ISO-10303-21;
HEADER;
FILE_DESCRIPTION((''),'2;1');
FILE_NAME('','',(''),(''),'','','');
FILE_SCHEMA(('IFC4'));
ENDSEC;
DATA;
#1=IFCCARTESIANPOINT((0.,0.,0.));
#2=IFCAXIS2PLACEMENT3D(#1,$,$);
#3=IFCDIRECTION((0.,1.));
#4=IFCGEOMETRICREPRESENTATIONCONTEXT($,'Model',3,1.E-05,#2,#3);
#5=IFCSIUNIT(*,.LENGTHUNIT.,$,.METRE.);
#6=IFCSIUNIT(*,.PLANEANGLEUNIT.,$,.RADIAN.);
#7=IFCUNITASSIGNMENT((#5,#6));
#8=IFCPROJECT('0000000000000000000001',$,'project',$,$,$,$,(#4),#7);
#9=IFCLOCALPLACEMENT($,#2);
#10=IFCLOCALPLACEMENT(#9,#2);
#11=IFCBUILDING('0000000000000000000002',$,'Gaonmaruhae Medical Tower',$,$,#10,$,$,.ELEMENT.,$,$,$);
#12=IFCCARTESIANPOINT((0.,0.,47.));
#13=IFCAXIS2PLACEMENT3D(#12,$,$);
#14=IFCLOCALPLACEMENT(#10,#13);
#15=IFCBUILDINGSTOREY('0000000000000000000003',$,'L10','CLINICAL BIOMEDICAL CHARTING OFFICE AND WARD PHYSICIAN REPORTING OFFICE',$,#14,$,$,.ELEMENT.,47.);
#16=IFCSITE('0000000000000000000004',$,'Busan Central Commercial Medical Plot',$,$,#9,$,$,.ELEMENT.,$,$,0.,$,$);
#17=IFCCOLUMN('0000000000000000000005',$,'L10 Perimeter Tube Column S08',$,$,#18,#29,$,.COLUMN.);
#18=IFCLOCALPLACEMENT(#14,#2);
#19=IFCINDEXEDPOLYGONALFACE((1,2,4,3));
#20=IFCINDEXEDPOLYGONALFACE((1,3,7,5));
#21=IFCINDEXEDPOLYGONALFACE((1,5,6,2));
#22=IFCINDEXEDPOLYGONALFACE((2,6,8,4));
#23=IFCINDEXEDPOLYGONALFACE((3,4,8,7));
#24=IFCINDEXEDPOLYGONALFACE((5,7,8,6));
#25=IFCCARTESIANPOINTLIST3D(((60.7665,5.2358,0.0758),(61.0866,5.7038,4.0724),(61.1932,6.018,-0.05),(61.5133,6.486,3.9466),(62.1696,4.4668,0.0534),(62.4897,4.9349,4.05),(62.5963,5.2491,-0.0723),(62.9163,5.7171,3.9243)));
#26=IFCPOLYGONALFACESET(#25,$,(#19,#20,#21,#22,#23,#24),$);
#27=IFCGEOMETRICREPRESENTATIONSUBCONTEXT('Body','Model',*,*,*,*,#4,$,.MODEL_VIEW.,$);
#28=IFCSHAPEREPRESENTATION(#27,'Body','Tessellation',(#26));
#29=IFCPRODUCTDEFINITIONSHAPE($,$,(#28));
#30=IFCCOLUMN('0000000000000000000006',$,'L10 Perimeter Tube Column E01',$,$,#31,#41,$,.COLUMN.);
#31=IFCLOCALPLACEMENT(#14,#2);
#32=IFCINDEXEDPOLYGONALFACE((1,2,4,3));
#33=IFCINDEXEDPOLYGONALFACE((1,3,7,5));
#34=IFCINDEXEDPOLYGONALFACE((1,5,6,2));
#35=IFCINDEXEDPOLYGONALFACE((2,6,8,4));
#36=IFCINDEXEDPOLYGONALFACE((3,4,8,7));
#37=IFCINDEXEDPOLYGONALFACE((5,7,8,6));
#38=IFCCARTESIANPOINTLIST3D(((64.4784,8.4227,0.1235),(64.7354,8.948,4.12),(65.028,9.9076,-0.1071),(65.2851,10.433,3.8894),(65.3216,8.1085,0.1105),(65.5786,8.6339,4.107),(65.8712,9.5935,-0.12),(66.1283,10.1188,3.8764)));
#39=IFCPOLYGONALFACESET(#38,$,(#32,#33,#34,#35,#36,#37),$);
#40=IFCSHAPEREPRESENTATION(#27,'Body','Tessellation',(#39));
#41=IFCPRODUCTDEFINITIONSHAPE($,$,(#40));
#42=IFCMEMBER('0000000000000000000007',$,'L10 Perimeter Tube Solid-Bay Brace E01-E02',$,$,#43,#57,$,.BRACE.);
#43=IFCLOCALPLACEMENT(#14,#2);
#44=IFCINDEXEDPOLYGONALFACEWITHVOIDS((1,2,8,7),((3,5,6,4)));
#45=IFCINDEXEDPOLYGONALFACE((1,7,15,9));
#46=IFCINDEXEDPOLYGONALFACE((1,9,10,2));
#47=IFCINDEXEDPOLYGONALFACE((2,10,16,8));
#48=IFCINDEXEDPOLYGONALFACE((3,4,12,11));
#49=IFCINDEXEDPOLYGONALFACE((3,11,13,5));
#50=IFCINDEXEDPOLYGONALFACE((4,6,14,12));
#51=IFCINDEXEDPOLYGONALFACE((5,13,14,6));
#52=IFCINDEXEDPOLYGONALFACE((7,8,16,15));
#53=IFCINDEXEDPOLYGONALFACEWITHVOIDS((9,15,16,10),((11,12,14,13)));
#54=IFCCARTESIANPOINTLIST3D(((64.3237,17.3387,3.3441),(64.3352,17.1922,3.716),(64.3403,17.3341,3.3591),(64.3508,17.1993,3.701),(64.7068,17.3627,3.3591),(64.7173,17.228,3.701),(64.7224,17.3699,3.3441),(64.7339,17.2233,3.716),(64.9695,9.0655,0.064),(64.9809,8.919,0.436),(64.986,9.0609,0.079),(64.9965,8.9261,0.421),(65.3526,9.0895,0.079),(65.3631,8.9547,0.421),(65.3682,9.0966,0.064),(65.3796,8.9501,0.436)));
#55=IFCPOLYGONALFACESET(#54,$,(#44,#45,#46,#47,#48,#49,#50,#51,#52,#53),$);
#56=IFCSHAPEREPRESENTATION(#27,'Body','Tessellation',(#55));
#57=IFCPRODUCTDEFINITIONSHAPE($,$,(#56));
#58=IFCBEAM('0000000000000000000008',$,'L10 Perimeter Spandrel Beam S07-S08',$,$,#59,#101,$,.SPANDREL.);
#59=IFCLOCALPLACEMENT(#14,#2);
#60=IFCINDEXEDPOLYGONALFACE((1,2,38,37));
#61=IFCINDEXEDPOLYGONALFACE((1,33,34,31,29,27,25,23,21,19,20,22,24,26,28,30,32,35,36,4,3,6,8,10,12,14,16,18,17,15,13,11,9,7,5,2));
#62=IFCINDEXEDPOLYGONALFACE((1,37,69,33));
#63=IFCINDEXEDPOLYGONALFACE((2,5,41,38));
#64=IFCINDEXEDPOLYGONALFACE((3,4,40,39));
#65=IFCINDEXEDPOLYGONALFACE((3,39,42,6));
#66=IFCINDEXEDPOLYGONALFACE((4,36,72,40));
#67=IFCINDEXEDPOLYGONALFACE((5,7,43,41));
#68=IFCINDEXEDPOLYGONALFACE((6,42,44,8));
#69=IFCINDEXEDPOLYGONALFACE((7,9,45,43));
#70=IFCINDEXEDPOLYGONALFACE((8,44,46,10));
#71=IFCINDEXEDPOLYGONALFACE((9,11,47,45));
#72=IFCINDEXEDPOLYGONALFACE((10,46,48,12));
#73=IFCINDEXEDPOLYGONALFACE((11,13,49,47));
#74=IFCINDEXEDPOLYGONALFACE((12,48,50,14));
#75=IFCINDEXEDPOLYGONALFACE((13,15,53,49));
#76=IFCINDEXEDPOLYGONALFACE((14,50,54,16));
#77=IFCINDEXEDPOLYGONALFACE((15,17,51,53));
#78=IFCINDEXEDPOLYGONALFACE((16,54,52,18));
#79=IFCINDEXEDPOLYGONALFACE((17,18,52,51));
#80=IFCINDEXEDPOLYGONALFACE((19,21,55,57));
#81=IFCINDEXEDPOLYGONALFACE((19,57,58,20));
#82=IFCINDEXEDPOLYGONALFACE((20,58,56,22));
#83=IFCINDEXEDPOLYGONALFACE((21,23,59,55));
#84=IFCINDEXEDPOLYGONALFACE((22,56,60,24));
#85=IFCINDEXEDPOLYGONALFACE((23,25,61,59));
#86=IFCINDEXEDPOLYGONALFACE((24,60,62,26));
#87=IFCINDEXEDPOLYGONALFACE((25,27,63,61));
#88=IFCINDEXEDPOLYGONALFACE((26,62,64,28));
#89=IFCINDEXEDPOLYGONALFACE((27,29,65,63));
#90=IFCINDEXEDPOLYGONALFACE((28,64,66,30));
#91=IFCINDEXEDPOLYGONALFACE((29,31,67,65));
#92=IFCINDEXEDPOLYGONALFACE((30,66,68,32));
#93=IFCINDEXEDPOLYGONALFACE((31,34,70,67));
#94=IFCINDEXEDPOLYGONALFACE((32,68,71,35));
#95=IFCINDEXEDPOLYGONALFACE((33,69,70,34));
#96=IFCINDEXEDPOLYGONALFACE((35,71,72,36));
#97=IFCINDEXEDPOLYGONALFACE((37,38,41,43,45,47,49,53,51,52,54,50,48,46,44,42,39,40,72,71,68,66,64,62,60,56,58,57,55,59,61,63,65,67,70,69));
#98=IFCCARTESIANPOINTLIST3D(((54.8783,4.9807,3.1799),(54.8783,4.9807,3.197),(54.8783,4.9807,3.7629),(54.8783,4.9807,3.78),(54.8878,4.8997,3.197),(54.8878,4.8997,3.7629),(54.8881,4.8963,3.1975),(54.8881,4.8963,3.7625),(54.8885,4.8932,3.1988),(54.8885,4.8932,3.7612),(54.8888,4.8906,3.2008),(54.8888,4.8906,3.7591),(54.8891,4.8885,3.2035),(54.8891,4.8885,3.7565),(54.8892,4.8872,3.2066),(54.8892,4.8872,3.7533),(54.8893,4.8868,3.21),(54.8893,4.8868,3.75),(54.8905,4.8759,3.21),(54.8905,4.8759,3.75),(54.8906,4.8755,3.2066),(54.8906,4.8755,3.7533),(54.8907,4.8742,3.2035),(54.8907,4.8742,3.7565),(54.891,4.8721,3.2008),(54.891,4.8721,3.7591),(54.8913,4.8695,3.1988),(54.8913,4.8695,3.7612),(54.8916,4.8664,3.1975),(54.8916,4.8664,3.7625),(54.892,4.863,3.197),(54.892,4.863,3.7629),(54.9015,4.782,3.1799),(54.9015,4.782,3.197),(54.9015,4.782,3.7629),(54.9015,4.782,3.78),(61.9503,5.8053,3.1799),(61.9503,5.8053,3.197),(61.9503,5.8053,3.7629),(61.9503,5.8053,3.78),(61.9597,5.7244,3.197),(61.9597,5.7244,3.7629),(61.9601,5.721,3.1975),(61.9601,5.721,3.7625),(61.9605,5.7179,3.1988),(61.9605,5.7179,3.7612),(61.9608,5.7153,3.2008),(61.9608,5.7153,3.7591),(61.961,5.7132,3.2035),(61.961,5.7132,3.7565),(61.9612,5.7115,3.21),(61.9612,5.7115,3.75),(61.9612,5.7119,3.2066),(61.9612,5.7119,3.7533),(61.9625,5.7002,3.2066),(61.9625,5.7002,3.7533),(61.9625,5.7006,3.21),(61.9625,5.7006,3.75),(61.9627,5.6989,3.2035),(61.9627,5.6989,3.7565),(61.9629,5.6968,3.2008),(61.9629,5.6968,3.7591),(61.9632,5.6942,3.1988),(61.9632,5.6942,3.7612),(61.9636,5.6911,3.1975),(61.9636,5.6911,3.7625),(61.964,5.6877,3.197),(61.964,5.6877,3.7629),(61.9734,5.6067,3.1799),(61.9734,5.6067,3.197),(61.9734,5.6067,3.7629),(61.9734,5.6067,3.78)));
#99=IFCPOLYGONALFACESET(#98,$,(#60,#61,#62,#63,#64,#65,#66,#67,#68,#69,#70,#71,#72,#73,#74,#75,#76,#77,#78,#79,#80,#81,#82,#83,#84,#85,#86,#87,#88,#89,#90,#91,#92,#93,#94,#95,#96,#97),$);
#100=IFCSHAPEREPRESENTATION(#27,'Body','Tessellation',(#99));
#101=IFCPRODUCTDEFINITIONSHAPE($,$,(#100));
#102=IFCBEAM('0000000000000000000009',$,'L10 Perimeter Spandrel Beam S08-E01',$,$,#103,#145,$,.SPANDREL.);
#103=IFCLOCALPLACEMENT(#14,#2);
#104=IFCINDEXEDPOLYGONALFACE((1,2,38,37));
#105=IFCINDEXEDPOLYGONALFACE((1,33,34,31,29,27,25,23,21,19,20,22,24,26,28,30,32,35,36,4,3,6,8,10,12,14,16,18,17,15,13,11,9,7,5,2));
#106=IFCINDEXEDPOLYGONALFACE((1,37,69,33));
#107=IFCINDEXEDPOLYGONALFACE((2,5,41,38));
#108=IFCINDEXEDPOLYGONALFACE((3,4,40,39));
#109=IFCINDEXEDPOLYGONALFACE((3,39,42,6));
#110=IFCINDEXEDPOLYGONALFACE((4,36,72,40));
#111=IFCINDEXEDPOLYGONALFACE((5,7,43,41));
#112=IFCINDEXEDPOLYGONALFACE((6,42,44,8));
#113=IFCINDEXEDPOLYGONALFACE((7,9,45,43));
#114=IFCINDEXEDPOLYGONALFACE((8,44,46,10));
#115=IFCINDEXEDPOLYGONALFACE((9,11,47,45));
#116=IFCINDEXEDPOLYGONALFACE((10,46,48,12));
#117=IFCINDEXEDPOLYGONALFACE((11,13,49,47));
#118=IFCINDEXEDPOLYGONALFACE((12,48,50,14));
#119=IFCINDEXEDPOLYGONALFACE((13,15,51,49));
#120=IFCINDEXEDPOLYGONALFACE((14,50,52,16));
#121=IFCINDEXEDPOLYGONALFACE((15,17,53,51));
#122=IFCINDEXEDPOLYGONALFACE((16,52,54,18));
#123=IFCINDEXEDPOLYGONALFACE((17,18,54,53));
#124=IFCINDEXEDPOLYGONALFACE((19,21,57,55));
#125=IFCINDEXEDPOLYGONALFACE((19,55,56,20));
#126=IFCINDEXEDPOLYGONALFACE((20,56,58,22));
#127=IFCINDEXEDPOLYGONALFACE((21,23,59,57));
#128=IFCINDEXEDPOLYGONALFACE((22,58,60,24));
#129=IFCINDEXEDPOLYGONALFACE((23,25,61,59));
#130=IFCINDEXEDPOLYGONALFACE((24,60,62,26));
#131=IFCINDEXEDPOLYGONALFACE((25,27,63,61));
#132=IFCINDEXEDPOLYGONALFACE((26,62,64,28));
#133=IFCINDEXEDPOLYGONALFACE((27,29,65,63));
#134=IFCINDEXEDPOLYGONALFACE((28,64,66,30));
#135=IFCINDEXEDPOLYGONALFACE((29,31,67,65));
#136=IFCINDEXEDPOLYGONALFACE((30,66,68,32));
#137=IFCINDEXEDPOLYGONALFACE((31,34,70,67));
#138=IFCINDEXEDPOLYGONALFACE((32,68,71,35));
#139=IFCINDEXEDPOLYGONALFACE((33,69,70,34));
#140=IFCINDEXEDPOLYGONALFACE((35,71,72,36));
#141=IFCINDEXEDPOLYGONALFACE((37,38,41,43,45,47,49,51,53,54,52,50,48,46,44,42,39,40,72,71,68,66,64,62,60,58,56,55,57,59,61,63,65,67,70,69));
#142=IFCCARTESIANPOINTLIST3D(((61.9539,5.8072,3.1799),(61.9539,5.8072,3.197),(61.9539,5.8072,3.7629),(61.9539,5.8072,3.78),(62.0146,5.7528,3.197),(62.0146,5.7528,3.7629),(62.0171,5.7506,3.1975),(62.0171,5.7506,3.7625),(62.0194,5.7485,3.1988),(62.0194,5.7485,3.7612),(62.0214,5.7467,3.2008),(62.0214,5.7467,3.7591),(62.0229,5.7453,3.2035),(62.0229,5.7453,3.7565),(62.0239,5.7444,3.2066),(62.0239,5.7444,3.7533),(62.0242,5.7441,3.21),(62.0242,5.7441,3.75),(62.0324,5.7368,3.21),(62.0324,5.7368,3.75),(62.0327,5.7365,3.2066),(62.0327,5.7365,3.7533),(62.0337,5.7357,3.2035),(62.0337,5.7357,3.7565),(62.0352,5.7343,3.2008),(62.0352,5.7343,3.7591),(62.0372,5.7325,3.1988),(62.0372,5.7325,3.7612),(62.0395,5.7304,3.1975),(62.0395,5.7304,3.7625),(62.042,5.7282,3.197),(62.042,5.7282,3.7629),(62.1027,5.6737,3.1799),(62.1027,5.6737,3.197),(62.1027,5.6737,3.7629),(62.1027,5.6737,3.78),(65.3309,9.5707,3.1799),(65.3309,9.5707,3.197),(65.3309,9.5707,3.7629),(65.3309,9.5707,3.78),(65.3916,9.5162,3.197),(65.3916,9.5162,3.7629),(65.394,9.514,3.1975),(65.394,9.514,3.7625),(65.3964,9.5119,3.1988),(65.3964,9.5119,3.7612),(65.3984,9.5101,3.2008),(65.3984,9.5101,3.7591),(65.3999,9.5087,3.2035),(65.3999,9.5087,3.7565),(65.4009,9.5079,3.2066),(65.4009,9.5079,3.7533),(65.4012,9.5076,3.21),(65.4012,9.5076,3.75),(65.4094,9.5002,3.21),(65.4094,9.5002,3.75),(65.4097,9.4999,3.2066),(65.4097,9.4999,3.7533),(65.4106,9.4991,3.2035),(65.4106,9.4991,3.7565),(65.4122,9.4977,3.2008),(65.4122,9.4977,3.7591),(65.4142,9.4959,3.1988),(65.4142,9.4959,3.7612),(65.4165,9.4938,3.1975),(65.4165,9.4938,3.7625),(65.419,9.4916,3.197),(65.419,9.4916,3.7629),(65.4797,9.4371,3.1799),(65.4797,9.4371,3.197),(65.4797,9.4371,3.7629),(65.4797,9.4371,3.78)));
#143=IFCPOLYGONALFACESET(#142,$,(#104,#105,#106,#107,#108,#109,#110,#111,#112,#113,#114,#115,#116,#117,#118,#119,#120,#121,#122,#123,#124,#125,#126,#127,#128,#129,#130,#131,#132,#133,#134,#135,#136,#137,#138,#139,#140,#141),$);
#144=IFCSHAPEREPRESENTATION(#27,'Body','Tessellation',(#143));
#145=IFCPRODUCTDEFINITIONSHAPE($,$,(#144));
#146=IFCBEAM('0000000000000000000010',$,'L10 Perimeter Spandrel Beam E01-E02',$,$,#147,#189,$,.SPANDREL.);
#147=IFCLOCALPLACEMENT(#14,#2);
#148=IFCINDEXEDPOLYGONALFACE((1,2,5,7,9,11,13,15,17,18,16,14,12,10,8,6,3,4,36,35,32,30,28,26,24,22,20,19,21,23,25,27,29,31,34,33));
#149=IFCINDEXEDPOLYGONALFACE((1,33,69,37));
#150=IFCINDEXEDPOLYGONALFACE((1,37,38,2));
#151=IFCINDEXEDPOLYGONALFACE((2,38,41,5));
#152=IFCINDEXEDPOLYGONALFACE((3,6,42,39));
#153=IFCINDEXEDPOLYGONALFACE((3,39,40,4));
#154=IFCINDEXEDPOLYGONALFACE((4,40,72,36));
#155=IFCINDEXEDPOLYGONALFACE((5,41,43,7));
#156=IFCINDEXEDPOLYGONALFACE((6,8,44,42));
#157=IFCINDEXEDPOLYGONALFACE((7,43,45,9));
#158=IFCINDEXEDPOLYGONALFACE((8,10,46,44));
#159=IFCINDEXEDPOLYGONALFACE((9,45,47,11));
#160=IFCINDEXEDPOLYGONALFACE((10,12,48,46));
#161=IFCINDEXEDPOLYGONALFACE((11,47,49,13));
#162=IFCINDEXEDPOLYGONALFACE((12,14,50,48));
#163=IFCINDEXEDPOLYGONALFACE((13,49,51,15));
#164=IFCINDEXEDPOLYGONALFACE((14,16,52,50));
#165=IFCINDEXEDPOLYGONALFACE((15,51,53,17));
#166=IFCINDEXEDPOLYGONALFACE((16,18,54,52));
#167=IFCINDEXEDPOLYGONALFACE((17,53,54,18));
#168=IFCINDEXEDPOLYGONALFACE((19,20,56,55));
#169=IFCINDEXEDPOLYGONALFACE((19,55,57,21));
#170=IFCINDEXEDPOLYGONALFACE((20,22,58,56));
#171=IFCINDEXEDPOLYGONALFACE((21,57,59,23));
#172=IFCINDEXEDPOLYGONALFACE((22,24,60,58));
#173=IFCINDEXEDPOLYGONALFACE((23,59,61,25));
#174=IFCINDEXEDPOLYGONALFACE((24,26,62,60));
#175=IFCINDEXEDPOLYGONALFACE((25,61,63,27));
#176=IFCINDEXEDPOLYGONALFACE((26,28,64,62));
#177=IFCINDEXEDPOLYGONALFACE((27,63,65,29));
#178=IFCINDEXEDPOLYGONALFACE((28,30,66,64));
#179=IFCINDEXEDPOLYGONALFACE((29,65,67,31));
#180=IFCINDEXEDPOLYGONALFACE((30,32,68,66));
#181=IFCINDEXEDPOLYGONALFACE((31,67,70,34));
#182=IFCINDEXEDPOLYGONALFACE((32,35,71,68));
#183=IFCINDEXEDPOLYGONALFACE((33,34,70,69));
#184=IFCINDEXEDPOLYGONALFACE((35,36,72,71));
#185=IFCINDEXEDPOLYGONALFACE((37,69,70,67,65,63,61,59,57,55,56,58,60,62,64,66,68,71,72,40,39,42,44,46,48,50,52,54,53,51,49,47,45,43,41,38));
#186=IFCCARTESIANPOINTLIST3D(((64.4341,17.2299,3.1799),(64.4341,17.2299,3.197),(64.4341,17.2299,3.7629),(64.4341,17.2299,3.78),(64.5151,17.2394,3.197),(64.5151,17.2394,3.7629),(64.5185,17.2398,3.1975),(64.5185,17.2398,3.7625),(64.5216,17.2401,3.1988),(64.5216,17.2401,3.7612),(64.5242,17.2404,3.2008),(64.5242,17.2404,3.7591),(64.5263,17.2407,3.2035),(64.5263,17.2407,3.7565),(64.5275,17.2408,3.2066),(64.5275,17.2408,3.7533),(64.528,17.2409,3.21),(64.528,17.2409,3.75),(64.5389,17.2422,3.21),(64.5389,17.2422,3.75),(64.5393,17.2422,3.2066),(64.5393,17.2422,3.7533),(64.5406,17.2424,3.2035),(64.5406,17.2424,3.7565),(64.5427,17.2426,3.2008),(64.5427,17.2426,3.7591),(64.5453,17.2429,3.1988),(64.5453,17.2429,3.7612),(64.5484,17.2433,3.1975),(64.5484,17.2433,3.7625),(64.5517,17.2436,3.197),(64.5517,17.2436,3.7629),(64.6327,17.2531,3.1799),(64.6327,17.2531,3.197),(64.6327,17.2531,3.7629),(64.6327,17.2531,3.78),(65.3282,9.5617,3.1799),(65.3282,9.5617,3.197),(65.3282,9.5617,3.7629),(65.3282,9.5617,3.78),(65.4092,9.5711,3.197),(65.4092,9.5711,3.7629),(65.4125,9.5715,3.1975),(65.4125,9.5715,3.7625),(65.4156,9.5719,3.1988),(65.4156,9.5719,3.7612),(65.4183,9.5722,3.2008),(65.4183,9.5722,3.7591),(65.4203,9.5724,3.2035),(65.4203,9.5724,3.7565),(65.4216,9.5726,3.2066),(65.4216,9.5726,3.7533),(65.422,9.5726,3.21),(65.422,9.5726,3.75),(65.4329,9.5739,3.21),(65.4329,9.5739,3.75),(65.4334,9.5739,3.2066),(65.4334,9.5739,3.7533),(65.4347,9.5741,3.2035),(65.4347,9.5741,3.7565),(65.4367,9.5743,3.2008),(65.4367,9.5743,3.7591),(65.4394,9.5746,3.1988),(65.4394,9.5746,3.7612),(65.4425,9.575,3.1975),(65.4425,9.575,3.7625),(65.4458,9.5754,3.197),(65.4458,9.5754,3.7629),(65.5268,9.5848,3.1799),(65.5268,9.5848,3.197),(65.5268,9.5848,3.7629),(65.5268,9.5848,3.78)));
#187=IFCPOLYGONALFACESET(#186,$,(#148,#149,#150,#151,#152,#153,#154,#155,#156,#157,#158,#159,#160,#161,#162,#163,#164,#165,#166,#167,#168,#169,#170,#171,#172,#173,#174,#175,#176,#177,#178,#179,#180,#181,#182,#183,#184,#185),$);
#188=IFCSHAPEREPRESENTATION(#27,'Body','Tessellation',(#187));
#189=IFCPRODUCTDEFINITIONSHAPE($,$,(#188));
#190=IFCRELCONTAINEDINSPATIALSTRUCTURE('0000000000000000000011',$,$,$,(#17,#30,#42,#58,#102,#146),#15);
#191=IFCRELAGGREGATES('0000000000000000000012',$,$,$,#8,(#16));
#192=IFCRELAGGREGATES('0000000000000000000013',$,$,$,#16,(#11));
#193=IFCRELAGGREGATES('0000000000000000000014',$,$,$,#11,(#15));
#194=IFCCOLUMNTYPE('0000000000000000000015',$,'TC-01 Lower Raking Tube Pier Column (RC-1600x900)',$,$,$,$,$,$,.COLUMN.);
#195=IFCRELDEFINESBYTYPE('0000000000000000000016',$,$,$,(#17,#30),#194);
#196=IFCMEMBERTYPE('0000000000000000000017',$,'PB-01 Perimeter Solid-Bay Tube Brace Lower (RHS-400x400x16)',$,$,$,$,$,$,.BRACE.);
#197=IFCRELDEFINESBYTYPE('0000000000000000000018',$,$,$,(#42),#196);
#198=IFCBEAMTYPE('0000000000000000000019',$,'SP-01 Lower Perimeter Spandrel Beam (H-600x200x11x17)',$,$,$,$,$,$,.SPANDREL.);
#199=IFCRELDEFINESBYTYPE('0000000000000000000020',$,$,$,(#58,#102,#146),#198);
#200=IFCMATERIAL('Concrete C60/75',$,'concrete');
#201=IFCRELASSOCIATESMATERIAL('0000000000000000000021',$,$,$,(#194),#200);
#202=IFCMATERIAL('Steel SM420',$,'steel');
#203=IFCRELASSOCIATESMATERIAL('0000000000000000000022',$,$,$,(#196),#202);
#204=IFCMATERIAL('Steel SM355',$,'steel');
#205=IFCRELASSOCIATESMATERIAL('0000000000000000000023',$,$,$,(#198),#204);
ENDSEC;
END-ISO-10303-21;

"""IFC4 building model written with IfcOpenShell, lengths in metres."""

from ifc_helpers import new_model, si_unit, direction, frame, origin, origin_2d, place, context, subcontext, project, spatial, rectangle, hollow_rectangle, i_section, extrude, material, material_profile, profile_set, type_object, element, save


model = new_model("IFC4")

# Units and contexts
model_context = context("Model", 3, precision=1e-05, world=origin(), true_north=direction((0.0, 1.0)))
body_context = subcontext(model_context, "Body", "Model", "MODEL_VIEW")
ifc_project = project(units=[si_unit("LENGTHUNIT", "METRE"), si_unit("PLANEANGLEUNIT", "RADIAN")], contexts=[model_context])

# Site, building, storey
site_placement = place(None, origin())
site = spatial("IfcSite", under=ifc_project, at=site_placement, Name="Busan Central Commercial Medical Plot", CompositionType="ELEMENT", RefElevation=0.0)
building_placement = place(site_placement, origin())
building = spatial("IfcBuilding", under=site, at=building_placement, Name="Gaonmaruhae Medical Tower", CompositionType="ELEMENT")
storey_placement = place(building_placement, frame((0.0, 0.0, 47.0)))
storey = spatial("IfcBuildingStorey", under=building, at=storey_placement, Name="L10", Description="CLINICAL BIOMEDICAL CHARTING OFFICE AND WARD PHYSICIAN REPORTING OFFICE", CompositionType="ELEMENT", Elevation=47.0)

# Columns
ifc_material_1 = material(Name="Concrete C60/75", Category="concrete")
ifc_material_profile_1 = material_profile(ifc_material_1, rectangle(XDim=1.6001, YDim=0.8999, at=origin_2d()), Name="RC-1600x900")
ifc_profile_set_1 = profile_set([ifc_material_profile_1], Name="Concrete C60/75")
column_type = type_object("IfcColumnType", Name="TC-01 Lower Raking Tube Pier Column (RC-1600x900)", PredefinedType="COLUMN", material=ifc_profile_set_1)
column_1_placement = place(storey_placement, frame((61.6814, 5.2424, 0.0017), z_axis=(0.079292, 0.115943, 0.990086), x_axis=(-0.876863, 0.480538, 0.013951)))
element("IfcColumn", 1, at=column_1_placement, inside=storey, type_object=column_type, Name="L10 Perimeter Tube Column S08", PredefinedType="COLUMN", context=body_context, shape_type="SweptSolid", body=[
    extrude(rectangle(XDim=1.6001, YDim=0.8999, at=origin_2d()), origin(), (0.0, 0.0, 1.0), 4.0366),
])
column_2_placement = place(storey_placement, frame((65.1748, 9.0081, 0.0017), z_axis=(0.063647, 0.130074, 0.989459), x_axis=(-0.343522, -0.928025, 0.144095)))
element("IfcColumn", 2, at=column_2_placement, inside=storey, type_object=column_type, Name="L10 Perimeter Tube Column E01", PredefinedType="COLUMN", context=body_context, shape_type="SweptSolid", body=[
    extrude(rectangle(XDim=1.6001, YDim=0.8999, at=origin_2d()), origin(), (0.0, 0.0, 1.0), 4.0391),
])

# Member
ifc_material_2 = material(Name="Steel SM420", Category="steel")
ifc_material_profile_2 = material_profile(ifc_material_2, hollow_rectangle(XDim=0.3999, YDim=0.3999, WallThickness=0.0161, at=origin_2d()), Name="RHS-400x400x16")
ifc_profile_set_2 = profile_set([ifc_material_profile_2], Name="Steel SM420")
member_type = type_object("IfcMemberType", Name="PB-01 Perimeter Solid-Bay Tube Brace Lower (RHS-400x400x16)", PredefinedType="BRACE", material=ifc_profile_set_2)
member_placement = place(storey_placement, frame((65.1746, 9.0078, 0.25), z_axis=(-0.072369, 0.927168, 0.367589), x_axis=(-0.996968, -0.077817, 0.0)))
element("IfcMember", 3, at=member_placement, inside=storey, type_object=member_type, Name="L10 Perimeter Tube Solid-Bay Brace E01-E02", PredefinedType="BRACE", context=body_context, shape_type="SweptSolid", body=[
    extrude(hollow_rectangle(XDim=0.3999, YDim=0.3999, WallThickness=0.0161, at=origin_2d()), origin(), (0.0, 0.0, 1.0), 8.9231),
])

# Beams
ifc_material_3 = material(Name="Steel SM355", Category="steel")
ifc_material_profile_3 = material_profile(ifc_material_3, i_section(OverallWidth=0.2, OverallDepth=0.6001, WebThickness=0.011, FlangeThickness=0.0171, FilletRadius=0.0129, at=origin_2d()), Name="H-600x200x11x17")
ifc_profile_set_3 = profile_set([ifc_material_profile_3], Name="Steel SM355")
beam_type = type_object("IfcBeamType", Name="SP-01 Lower Perimeter Spandrel Beam (H-600x200x11x17)", PredefinedType="SPANDREL", material=ifc_profile_set_3)
beam_1_placement = place(storey_placement, frame((54.8899, 4.8813, 3.48), z_axis=(0.993269, 0.115831, 0.0), x_axis=(-0.115831, 0.993269, 0.0)))
element("IfcBeam", 4, at=beam_1_placement, inside=storey, type_object=beam_type, Name="L10 Perimeter Spandrel Beam S07-S08", PredefinedType="SPANDREL", context=body_context, shape_type="SweptSolid", body=[
    extrude(i_section(OverallWidth=0.2, OverallDepth=0.6001, WebThickness=0.011, FlangeThickness=0.0171, FilletRadius=0.0129, at=origin_2d()), origin(), (0.0, 0.0, 1.0), 7.1199),
])
beam_2_placement = place(storey_placement, frame((62.0283, 5.7405, 3.48), z_axis=(0.667857, 0.74429, 0.0), x_axis=(-0.74429, 0.667857, 0.0)))
element("IfcBeam", 5, at=beam_2_placement, inside=storey, type_object=beam_type, Name="L10 Perimeter Spandrel Beam S08-E01", PredefinedType="SPANDREL", context=body_context, shape_type="SweptSolid", body=[
    extrude(i_section(OverallWidth=0.2, OverallDepth=0.6001, WebThickness=0.011, FlangeThickness=0.0171, FilletRadius=0.0129, at=origin_2d()), origin(), (0.0, 0.0, 1.0), 5.0564),
])
beam_3_placement = place(storey_placement, frame((65.4275, 9.5732, 3.48), z_axis=(-0.115806, 0.993272, 0.0), x_axis=(-0.993272, -0.115806, 0.0)))
element("IfcBeam", 6, at=beam_3_placement, inside=storey, type_object=beam_type, Name="L10 Perimeter Spandrel Beam E01-E02", PredefinedType="SPANDREL", context=body_context, shape_type="SweptSolid", body=[
    extrude(i_section(OverallWidth=0.2, OverallDepth=0.6001, WebThickness=0.011, FlangeThickness=0.0171, FilletRadius=0.0129, at=origin_2d()), origin(), (0.0, 0.0, 1.0), 7.7202),
])

save(model, "model.ifc")
